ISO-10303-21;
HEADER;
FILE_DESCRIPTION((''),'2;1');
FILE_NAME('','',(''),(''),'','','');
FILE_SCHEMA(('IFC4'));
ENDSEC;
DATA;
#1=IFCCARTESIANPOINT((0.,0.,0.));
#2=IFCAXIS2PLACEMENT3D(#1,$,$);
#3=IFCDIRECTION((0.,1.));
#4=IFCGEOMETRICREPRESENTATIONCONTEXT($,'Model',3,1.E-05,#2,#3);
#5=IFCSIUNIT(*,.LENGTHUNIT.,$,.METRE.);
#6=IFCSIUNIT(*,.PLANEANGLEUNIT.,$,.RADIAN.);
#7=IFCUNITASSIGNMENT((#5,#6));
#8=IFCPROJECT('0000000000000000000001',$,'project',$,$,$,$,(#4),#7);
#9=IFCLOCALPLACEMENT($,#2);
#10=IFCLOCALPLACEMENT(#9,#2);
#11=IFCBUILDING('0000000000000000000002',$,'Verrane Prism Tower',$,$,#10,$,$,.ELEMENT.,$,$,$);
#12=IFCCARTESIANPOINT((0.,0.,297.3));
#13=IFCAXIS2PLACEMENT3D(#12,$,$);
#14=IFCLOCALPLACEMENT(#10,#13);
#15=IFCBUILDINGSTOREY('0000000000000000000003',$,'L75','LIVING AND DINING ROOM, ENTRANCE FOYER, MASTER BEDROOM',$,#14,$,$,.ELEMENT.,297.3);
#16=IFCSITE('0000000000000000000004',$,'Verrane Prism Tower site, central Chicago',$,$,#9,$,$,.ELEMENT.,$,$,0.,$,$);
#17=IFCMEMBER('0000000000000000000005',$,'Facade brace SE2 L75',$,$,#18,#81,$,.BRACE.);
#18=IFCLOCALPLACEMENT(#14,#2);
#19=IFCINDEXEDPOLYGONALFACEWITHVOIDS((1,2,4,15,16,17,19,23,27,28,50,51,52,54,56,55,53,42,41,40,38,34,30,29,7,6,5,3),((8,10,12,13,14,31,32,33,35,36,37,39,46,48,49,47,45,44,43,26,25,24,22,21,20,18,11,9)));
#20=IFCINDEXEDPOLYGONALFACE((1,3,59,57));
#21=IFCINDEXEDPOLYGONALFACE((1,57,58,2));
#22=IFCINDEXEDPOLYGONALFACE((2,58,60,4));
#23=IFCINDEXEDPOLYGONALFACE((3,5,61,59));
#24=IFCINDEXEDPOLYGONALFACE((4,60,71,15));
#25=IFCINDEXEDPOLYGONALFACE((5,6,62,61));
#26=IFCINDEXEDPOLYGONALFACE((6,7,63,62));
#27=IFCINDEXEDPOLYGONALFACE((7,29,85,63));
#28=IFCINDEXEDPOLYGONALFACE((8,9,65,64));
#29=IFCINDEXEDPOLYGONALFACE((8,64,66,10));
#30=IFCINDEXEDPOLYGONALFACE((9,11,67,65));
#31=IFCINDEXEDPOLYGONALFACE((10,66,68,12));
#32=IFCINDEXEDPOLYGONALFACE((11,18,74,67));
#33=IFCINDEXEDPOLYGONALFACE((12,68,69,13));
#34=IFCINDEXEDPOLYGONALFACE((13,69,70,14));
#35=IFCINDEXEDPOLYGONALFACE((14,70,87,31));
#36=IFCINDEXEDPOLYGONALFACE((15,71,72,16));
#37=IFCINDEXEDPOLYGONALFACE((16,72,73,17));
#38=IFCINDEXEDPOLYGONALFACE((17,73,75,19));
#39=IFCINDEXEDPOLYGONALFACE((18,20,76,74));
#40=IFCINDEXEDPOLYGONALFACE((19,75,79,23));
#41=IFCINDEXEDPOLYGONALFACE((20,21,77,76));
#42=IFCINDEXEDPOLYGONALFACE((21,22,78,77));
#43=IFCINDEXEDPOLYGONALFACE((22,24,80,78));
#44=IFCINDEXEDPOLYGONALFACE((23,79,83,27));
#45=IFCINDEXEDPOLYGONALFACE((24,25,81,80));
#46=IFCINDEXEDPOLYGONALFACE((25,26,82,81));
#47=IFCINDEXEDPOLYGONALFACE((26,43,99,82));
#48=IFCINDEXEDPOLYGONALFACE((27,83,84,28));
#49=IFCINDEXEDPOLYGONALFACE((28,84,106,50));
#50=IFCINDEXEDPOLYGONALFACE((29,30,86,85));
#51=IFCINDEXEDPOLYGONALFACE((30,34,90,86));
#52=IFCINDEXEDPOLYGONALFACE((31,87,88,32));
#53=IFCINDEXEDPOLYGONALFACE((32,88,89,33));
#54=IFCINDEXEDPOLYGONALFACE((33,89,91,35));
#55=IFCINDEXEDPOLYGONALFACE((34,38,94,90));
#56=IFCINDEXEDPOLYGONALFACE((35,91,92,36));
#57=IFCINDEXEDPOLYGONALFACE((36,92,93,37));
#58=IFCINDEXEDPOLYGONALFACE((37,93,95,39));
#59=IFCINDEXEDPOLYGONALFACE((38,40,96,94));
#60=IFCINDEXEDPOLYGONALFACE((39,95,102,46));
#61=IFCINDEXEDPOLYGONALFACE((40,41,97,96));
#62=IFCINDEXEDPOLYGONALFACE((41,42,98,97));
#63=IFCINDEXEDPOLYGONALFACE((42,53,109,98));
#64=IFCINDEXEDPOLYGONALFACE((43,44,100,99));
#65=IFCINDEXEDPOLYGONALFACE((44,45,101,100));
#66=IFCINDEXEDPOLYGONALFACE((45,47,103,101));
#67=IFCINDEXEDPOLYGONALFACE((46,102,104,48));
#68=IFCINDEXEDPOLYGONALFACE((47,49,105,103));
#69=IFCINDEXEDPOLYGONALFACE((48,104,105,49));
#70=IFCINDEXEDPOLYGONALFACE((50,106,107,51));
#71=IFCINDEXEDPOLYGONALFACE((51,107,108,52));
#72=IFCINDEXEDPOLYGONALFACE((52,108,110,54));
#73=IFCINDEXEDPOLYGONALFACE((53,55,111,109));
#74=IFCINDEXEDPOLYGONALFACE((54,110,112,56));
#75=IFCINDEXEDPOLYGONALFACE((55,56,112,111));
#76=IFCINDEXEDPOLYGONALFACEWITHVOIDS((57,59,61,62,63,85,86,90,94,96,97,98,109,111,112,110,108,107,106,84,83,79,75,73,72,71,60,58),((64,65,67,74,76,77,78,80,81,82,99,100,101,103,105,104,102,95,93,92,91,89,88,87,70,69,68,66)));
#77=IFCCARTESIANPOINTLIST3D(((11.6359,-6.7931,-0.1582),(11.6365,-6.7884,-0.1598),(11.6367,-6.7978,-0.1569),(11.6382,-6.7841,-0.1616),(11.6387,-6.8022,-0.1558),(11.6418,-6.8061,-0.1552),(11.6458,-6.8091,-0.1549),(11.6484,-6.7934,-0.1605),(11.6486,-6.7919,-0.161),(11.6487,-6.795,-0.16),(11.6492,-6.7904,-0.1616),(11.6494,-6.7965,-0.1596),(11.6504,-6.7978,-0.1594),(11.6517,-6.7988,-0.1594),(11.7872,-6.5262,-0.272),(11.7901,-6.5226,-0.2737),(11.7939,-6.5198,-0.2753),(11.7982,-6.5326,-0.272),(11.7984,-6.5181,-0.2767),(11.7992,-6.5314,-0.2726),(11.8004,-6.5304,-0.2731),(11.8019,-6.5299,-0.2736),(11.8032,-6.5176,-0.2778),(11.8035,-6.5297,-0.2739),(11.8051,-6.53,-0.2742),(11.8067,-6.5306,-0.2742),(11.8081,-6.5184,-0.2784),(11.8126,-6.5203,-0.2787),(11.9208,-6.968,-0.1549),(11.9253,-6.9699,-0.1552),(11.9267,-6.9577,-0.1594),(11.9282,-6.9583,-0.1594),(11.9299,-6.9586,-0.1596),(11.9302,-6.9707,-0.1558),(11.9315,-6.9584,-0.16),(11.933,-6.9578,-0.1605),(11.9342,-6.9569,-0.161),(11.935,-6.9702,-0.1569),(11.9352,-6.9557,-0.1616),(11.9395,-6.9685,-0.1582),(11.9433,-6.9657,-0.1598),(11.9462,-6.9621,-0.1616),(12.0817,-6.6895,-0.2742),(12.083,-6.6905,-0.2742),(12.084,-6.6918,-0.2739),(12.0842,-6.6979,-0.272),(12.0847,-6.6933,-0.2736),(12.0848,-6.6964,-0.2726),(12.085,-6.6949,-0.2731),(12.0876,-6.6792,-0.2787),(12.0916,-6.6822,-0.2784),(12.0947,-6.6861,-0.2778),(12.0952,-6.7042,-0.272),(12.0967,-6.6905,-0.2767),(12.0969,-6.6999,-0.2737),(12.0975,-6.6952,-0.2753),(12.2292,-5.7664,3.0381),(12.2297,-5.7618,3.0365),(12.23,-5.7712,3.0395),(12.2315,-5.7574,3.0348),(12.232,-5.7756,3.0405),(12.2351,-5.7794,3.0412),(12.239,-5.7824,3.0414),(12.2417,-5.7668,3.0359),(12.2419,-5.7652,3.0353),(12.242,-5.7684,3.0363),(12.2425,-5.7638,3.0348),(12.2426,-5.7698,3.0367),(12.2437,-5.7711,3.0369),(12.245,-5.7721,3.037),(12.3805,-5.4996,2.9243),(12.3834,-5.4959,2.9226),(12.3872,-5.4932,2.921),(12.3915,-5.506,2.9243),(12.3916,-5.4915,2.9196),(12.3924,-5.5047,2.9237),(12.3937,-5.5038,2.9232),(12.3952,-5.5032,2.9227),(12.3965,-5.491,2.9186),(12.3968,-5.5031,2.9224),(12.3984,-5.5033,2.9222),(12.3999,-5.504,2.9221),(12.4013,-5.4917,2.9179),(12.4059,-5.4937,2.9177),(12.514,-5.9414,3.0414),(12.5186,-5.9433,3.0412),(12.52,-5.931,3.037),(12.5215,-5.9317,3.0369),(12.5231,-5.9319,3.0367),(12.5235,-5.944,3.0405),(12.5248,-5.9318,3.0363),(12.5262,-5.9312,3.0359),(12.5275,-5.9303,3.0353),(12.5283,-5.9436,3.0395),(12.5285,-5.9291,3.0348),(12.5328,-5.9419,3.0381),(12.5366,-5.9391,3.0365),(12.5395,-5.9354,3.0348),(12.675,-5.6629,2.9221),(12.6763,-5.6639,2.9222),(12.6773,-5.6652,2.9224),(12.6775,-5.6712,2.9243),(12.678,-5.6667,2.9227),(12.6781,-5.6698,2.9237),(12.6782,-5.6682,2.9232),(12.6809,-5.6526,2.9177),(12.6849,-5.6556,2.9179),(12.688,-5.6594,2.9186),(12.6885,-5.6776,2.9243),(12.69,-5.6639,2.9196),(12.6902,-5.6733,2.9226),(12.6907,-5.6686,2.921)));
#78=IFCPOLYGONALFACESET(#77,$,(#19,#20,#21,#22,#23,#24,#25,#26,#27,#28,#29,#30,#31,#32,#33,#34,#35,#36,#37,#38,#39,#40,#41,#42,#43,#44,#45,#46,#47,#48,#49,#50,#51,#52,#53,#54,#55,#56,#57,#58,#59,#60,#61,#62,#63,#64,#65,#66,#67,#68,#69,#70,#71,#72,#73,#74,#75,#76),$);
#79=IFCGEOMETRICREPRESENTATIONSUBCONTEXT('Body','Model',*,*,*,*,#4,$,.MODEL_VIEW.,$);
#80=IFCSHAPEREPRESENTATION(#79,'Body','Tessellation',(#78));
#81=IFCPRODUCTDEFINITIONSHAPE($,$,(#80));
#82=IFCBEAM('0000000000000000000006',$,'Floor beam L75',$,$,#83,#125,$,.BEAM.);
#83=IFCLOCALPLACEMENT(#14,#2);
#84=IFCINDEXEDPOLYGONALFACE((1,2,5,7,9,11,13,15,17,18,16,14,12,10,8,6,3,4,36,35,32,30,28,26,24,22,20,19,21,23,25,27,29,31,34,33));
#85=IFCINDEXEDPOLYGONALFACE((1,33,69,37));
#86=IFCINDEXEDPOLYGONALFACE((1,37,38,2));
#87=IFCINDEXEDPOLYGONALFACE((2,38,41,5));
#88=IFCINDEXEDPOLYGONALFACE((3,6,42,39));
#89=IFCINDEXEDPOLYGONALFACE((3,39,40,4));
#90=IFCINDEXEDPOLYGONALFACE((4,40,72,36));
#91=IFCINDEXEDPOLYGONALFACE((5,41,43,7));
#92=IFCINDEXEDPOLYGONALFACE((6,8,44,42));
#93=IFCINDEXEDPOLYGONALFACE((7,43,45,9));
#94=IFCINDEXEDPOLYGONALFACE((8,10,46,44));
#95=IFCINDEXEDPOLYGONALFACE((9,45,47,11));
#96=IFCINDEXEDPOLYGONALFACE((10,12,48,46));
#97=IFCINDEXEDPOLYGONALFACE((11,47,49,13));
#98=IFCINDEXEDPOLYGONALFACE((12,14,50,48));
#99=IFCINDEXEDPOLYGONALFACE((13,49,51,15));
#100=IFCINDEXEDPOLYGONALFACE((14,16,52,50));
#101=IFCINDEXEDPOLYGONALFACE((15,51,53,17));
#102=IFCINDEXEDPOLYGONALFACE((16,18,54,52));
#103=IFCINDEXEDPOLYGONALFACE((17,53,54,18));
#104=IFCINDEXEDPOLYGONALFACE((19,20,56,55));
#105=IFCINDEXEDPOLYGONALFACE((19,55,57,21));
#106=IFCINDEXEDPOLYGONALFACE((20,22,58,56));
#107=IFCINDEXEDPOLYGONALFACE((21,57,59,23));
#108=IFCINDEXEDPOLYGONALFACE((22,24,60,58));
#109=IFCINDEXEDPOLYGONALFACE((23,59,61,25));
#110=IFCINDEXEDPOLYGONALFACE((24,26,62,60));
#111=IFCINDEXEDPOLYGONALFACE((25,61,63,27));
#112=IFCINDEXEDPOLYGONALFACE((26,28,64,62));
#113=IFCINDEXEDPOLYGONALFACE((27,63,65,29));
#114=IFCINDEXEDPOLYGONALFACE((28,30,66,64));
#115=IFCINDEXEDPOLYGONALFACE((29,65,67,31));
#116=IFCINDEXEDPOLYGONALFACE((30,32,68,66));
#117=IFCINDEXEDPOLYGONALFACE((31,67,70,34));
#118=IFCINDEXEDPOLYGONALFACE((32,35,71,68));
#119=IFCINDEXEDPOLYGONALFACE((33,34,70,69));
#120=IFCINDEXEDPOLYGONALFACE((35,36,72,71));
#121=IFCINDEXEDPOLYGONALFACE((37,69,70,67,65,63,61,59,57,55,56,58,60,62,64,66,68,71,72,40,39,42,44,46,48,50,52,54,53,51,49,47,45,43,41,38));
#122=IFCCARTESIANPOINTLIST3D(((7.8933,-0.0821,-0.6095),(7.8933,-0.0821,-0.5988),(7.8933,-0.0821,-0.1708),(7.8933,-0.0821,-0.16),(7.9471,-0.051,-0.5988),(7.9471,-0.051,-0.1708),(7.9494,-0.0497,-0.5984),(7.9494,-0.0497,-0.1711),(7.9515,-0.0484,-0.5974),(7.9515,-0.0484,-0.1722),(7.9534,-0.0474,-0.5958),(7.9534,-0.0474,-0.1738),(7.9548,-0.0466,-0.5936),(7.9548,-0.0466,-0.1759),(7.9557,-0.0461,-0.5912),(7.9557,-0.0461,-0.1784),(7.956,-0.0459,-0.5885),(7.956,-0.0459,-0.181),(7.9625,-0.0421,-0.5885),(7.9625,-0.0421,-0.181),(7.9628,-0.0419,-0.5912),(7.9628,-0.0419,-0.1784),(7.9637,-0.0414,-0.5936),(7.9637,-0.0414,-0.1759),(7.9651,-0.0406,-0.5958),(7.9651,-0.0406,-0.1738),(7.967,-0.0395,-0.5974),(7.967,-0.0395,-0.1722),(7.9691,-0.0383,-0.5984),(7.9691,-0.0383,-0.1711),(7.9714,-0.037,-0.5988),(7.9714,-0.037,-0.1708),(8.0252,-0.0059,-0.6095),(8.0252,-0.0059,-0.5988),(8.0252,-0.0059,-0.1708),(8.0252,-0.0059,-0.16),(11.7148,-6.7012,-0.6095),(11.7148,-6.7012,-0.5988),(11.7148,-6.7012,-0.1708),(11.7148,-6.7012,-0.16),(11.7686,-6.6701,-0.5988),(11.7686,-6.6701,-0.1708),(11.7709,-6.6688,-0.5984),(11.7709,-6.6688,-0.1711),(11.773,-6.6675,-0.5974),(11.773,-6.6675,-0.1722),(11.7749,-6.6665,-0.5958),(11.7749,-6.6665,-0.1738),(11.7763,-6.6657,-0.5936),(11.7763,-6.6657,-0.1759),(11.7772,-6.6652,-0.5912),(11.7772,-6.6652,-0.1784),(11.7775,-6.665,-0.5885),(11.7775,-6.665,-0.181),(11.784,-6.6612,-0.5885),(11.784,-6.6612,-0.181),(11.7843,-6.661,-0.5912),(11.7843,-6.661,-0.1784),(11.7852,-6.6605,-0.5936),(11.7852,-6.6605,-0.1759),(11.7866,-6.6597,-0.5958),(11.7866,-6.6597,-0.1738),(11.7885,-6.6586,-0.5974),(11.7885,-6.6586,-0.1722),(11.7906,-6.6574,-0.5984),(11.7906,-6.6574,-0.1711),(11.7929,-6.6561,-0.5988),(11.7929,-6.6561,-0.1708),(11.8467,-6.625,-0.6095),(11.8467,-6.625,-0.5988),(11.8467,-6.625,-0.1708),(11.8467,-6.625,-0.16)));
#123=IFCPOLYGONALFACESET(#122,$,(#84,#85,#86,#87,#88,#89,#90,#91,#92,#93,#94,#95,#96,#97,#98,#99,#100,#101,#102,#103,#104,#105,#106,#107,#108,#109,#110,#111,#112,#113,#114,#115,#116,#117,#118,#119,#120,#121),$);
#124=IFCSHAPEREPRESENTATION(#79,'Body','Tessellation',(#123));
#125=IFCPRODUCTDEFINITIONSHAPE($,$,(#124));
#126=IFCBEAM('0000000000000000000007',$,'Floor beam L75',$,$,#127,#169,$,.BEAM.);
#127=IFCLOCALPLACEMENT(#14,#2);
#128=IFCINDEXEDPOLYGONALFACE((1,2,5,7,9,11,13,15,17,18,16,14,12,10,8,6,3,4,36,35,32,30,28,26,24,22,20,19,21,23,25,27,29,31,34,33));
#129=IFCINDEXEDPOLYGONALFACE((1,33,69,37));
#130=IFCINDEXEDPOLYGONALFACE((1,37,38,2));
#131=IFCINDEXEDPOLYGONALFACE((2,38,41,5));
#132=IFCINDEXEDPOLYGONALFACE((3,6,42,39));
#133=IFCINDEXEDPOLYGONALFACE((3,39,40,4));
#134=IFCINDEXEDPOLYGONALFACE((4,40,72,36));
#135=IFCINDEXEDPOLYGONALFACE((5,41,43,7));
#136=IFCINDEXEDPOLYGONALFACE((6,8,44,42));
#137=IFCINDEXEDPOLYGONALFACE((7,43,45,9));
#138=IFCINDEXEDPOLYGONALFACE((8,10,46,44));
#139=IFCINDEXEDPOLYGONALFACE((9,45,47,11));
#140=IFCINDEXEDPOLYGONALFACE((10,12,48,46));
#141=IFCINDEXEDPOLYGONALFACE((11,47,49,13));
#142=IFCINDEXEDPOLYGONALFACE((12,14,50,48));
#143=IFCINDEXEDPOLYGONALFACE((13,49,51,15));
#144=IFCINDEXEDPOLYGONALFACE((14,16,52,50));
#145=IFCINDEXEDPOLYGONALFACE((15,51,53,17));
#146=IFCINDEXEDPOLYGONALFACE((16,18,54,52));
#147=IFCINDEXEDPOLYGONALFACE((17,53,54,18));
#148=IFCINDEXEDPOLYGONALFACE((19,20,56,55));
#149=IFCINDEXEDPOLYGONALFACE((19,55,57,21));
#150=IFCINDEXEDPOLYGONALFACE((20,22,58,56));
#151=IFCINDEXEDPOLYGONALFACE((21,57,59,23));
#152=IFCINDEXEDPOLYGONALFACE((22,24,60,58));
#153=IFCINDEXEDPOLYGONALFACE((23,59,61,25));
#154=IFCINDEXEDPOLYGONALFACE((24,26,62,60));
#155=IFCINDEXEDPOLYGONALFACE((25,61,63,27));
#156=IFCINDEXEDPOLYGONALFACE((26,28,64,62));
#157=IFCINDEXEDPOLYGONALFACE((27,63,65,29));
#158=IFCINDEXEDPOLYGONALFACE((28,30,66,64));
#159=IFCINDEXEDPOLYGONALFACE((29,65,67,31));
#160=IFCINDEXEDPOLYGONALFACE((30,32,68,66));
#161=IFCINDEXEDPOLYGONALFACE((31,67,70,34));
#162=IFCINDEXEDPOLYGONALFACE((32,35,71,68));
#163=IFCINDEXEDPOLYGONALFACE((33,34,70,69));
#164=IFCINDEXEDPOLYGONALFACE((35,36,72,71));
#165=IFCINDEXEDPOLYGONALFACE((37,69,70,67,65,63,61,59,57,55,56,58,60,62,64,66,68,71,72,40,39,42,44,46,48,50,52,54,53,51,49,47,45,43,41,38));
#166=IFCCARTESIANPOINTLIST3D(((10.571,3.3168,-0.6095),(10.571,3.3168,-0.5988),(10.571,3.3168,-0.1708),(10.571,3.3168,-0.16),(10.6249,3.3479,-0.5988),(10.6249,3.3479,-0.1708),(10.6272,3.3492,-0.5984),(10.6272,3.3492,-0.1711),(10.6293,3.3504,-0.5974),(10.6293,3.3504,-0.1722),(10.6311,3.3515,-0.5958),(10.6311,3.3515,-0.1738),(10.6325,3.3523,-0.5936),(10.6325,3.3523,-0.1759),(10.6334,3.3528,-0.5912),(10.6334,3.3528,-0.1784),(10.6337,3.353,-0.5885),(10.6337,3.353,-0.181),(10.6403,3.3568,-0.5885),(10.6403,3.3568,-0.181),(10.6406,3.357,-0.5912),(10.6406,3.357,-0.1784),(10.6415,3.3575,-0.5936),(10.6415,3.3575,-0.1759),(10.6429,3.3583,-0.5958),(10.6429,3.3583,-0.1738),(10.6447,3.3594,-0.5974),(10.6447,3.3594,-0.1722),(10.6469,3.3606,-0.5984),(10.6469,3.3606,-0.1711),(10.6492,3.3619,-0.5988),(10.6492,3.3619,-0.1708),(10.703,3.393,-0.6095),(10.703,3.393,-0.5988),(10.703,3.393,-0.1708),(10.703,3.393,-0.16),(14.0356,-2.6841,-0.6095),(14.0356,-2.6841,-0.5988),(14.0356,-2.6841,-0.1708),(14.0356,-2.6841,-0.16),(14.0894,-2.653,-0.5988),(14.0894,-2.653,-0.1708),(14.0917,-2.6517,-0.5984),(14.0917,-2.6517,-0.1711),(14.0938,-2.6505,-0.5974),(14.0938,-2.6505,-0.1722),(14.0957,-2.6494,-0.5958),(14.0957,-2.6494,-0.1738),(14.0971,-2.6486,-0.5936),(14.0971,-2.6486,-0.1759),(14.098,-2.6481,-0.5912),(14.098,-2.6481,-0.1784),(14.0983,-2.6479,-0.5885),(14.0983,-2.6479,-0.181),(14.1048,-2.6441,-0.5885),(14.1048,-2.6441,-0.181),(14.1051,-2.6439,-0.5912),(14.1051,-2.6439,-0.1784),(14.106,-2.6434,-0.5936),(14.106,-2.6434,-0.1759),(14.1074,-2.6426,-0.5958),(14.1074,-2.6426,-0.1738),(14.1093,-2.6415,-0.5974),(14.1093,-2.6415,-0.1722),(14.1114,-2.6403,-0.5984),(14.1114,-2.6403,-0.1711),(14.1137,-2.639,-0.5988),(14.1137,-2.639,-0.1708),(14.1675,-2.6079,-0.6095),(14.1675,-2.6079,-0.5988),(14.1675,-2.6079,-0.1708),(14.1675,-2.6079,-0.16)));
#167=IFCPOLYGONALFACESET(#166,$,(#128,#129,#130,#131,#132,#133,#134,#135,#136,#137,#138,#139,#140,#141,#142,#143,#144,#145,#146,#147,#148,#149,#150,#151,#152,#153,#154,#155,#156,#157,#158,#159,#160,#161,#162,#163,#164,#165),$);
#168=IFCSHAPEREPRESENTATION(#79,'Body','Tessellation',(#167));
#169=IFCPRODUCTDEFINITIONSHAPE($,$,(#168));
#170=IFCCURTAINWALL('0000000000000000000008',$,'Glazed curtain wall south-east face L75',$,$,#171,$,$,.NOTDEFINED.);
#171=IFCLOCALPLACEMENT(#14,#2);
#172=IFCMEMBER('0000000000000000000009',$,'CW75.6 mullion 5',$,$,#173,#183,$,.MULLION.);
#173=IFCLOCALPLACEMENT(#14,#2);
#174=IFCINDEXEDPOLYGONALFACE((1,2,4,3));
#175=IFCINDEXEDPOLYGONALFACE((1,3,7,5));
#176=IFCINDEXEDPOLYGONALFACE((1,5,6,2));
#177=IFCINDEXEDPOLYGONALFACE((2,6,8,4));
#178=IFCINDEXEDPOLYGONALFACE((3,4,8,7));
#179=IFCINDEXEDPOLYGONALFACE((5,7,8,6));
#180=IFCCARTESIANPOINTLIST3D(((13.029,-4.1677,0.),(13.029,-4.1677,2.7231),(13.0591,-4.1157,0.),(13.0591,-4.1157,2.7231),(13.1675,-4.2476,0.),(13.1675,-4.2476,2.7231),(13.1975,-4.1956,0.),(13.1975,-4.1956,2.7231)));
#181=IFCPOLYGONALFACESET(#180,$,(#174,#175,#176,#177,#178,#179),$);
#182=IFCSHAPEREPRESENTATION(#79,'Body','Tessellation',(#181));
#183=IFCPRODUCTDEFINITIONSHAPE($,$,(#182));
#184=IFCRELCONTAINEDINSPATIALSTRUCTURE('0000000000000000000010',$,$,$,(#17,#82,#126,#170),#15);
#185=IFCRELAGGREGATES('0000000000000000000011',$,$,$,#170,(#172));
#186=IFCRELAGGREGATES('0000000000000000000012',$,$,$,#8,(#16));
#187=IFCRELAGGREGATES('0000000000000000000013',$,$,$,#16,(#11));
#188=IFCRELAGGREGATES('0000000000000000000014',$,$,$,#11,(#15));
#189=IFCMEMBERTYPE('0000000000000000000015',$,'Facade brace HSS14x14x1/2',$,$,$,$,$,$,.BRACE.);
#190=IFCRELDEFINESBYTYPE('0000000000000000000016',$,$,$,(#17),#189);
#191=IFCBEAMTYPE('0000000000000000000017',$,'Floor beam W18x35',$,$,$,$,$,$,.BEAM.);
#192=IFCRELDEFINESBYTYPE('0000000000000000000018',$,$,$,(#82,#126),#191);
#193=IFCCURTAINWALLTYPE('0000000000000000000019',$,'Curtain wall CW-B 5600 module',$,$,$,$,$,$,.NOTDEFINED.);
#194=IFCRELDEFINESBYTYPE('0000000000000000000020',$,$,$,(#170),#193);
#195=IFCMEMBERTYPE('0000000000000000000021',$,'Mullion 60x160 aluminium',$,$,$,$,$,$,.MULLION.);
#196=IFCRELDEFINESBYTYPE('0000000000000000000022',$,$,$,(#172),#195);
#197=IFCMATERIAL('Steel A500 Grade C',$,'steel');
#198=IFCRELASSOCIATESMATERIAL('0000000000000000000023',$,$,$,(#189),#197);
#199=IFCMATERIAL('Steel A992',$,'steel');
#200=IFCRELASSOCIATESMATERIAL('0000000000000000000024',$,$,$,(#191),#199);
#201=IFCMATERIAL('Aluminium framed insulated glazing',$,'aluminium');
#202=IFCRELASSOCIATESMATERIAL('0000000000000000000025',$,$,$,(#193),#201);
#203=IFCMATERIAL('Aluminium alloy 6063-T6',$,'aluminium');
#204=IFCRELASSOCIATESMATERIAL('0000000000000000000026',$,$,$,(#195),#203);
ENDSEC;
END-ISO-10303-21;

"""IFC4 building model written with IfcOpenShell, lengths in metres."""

from ifc_helpers import new_model, si_unit, direction, frame, origin, origin_2d, place, context, subcontext, project, spatial, rectangle, hollow_rectangle, i_section, extrude, material, material_profile, profile_set, type_object, element, aggregate, save


model = new_model("IFC4")

# Units and contexts
model_context = context("Model", 3, precision=1e-05, world=origin(), true_north=direction((0.0, 1.0)))
body_context = subcontext(model_context, "Body", "Model", "MODEL_VIEW")
ifc_project = project(units=[si_unit("LENGTHUNIT", "METRE"), si_unit("PLANEANGLEUNIT", "RADIAN")], contexts=[model_context])

# Site, building, storey
site_placement = place(None, origin())
site = spatial("IfcSite", under=ifc_project, at=site_placement, Name="Verrane Prism Tower site, central Chicago", CompositionType="ELEMENT", RefElevation=0.0)
building_placement = place(site_placement, origin())
building = spatial("IfcBuilding", under=site, at=building_placement, Name="Verrane Prism Tower", CompositionType="ELEMENT")
storey_placement = place(building_placement, frame((0.0, 0.0, 297.3)))
storey = spatial("IfcBuildingStorey", under=building, at=storey_placement, Name="L75", Description="LIVING AND DINING ROOM, ENTRANCE FOYER, MASTER BEDROOM", CompositionType="ELEMENT", Elevation=297.3)

# Member
ifc_material_1 = material(Name="Steel A500 Grade C", Category="steel")
ifc_material_profile_1 = material_profile(ifc_material_1, hollow_rectangle(XDim=0.3557, YDim=0.3557, WallThickness=0.0127, InnerFilletRadius=0.0063, OuterFilletRadius=0.019, at=origin_2d()), Name="HSS14x14x1/2")
ifc_profile_set_1 = profile_set([ifc_material_profile_1], Name="Steel A500 Grade C")
member_type_1 = type_object("IfcMemberType", Name="Facade brace HSS14x14x1/2", PredefinedType="BRACE", material=ifc_profile_set_1)
member_1_placement = place(storey_placement, frame((11.8667, -6.7441, -0.2168), z_axis=(0.174022, 0.301136, 0.937568), x_axis=(-0.865825, 0.500346, 0.0)))
element("IfcMember", 1, at=member_1_placement, inside=storey, type_object=member_type_1, Name="Facade brace SE2 L75", PredefinedType="BRACE", context=body_context, shape_type="SweptSolid", body=[
    extrude(hollow_rectangle(XDim=0.3557, YDim=0.3557, WallThickness=0.0127, InnerFilletRadius=0.0063, OuterFilletRadius=0.019, at=origin_2d()), origin(), (0.0, 0.0, 1.0), 3.4092),
])

# Beams
ifc_material_2 = material(Name="Steel A992", Category="steel")
ifc_material_profile_2 = material_profile(ifc_material_2, i_section(OverallWidth=0.1523, OverallDepth=0.4495, WebThickness=0.0076, FlangeThickness=0.0107, FilletRadius=0.0103, at=origin_2d()), Name="W18x35")
ifc_profile_set_2 = profile_set([ifc_material_profile_2], Name="Steel A992")
beam_type_1 = type_object("IfcBeamType", Name="Floor beam W18x35", PredefinedType="BEAM", material=ifc_profile_set_2)
beam_1_placement = place(storey_placement, frame((11.7808, -6.6631, -0.3848), z_axis=(-0.499997, 0.866027, 0.0), x_axis=(-0.866027, -0.499997, 0.0)))
element("IfcBeam", 2, at=beam_1_placement, inside=storey, type_object=beam_type_1, Name="Floor beam L75", PredefinedType="BEAM", context=body_context, shape_type="SweptSolid", body=[
    extrude(i_section(OverallWidth=0.1523, OverallDepth=0.4495, WebThickness=0.0076, FlangeThickness=0.0107, FilletRadius=0.0103, at=origin_2d()), origin(), (0.0, 0.0, 1.0), 7.6431),
])
beam_2_placement = place(storey_placement, frame((14.1016, -2.646, -0.3848), z_axis=(-0.499993, 0.86603, 0.0), x_axis=(-0.86603, -0.499993, 0.0)))
element("IfcBeam", 3, at=beam_2_placement, inside=storey, type_object=beam_type_1, Name="Floor beam L75", PredefinedType="BEAM", context=body_context, shape_type="SweptSolid", body=[
    extrude(i_section(OverallWidth=0.1523, OverallDepth=0.4495, WebThickness=0.0076, FlangeThickness=0.0107, FilletRadius=0.0103, at=origin_2d()), origin(), (0.0, 0.0, 1.0), 6.9292),
])

# Curtain wall, member
ifc_material_3 = material(Name="Aluminium framed insulated glazing", Category="aluminium")
curtain_wall_type = type_object("IfcCurtainWallType", Name="Curtain wall CW-B 5600 module", PredefinedType="NOTDEFINED", material=ifc_material_3)
curtain_wall_placement = place(storey_placement, origin())
curtain_wall = element("IfcCurtainWall", 4, at=curtain_wall_placement, inside=storey, type_object=curtain_wall_type, Name="Glazed curtain wall south-east face L75", PredefinedType="NOTDEFINED")
ifc_material_4 = material(Name="Aluminium alloy 6063-T6", Category="aluminium")
ifc_material_profile_3 = material_profile(ifc_material_4, rectangle(XDim=0.1599, YDim=0.0601, at=origin_2d()), Name="Mullion 60x160 aluminium")
ifc_profile_set_3 = profile_set([ifc_material_profile_3], Name="Aluminium alloy 6063-T6")
member_type_2 = type_object("IfcMemberType", Name="Mullion 60x160 aluminium", PredefinedType="MULLION", material=ifc_profile_set_3)
member_2_placement = place(storey_placement, frame((13.1133, -4.1816, 0.0), z_axis=(0.0, 0.0, 1.0), x_axis=(-0.866025, 0.500001, 0.0)))
member_2 = element("IfcMember", 5, at=member_2_placement, type_object=member_type_2, Name="CW75.6 mullion 5", PredefinedType="MULLION", context=body_context, shape_type="SweptSolid", body=[
    extrude(rectangle(XDim=0.1599, YDim=0.0601, at=origin_2d()), origin(), (0.0, 0.0, 1.0), 2.7231),
])

aggregate(curtain_wall, [member_2])

save(model, "model.ifc")
